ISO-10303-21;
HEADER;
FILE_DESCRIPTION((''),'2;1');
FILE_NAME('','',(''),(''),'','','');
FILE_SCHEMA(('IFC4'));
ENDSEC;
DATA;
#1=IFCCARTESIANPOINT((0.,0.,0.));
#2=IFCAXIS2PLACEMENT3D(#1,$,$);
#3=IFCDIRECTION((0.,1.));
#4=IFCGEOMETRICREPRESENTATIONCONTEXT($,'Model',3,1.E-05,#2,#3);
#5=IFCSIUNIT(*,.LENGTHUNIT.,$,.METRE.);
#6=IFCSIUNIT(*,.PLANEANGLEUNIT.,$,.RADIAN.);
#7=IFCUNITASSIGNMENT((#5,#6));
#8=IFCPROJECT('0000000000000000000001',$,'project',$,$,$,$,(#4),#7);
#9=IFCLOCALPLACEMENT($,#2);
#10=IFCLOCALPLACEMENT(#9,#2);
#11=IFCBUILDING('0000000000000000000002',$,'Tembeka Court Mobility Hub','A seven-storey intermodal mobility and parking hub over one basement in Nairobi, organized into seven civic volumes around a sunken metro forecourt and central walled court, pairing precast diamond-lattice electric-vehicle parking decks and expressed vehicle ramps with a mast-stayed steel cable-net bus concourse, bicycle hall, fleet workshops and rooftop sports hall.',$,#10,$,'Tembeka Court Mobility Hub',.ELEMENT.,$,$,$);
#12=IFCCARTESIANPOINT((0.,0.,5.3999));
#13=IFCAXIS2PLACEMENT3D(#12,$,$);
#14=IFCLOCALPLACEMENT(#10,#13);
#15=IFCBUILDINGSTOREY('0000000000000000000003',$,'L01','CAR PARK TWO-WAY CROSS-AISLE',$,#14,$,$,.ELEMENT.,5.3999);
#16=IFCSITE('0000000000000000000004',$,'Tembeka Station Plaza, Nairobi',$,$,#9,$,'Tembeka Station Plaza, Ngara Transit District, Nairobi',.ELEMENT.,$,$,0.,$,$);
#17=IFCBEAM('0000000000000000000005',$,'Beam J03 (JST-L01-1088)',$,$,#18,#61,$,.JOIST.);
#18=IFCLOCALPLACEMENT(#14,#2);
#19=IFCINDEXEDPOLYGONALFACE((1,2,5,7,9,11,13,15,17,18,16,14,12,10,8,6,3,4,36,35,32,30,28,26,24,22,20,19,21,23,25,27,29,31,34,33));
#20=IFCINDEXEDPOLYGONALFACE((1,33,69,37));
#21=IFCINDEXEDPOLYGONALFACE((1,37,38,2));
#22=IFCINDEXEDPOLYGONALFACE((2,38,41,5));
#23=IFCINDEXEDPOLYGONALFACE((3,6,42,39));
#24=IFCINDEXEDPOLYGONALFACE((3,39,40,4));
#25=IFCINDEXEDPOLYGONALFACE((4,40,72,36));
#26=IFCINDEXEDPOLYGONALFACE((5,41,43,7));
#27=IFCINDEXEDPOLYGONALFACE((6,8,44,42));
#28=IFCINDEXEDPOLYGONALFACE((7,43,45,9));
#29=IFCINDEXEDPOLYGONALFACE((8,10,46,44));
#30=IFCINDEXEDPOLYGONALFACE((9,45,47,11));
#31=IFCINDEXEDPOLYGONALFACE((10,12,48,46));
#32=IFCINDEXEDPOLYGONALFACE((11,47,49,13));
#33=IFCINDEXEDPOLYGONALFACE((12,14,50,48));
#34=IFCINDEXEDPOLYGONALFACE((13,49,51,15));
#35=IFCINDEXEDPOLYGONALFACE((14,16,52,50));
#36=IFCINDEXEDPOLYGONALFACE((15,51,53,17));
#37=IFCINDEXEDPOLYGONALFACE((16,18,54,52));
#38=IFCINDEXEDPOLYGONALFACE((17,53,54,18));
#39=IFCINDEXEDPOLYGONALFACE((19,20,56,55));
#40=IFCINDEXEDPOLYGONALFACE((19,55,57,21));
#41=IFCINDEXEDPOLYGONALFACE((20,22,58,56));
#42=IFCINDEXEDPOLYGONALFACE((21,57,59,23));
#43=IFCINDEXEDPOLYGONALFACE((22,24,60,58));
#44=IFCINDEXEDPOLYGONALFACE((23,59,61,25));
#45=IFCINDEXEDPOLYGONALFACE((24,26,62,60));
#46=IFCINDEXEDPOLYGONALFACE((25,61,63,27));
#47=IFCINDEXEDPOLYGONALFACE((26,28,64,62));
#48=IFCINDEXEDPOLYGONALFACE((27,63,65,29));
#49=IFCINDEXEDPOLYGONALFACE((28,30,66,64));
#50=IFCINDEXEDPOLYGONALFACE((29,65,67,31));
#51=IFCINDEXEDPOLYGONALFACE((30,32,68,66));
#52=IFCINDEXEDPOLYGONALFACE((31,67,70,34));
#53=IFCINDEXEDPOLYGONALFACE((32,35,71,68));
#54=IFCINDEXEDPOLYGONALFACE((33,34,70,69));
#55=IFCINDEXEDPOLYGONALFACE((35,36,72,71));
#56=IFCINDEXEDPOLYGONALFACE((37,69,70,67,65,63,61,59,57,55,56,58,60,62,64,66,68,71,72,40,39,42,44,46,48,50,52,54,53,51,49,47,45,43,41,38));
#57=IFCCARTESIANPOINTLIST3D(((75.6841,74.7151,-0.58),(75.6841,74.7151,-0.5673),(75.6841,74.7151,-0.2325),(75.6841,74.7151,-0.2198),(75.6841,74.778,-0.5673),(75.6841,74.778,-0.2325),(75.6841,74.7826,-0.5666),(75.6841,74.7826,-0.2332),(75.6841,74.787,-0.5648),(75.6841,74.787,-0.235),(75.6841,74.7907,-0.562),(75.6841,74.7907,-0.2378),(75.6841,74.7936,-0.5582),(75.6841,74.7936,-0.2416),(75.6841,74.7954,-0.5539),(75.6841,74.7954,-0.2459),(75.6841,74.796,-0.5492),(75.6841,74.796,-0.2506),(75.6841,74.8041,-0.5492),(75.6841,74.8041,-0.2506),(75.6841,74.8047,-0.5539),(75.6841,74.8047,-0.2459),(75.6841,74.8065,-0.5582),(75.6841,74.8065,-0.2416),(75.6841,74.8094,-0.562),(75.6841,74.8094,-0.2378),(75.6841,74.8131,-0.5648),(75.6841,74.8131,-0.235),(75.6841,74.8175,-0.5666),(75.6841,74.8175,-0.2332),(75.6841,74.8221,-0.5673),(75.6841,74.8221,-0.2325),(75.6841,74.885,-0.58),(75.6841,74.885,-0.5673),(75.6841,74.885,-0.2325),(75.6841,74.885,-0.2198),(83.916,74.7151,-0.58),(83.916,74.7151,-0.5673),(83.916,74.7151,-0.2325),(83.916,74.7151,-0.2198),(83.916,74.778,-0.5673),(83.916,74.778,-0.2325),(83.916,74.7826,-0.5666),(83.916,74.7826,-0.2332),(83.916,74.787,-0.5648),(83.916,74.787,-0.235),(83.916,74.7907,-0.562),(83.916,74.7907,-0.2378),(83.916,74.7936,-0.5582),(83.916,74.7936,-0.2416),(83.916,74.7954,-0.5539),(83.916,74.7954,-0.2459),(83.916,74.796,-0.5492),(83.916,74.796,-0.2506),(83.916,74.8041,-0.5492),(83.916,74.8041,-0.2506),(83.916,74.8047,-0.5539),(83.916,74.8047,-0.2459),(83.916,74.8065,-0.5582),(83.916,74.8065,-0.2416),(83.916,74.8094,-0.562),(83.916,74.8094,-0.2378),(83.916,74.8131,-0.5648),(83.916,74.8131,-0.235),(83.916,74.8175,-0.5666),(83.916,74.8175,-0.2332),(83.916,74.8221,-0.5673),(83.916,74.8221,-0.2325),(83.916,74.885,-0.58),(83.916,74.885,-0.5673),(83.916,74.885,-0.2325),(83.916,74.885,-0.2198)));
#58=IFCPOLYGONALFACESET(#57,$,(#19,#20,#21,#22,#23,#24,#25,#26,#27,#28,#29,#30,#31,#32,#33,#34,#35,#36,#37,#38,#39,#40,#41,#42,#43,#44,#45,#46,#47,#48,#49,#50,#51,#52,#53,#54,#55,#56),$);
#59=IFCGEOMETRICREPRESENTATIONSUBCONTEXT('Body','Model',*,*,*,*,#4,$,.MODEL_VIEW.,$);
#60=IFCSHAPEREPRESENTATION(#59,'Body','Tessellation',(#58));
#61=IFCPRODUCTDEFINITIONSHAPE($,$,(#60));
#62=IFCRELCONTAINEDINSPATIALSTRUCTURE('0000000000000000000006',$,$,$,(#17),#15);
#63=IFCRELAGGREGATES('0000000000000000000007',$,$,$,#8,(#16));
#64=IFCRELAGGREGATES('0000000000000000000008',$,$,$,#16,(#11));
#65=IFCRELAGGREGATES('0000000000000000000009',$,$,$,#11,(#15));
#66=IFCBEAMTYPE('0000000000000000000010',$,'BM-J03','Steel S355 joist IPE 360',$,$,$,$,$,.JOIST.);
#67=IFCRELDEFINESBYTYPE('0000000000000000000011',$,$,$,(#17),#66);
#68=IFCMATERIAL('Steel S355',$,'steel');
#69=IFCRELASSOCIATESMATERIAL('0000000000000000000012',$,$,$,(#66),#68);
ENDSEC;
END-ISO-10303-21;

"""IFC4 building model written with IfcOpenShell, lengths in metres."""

from ifc_helpers import new_model, si_unit, direction, frame, origin, origin_2d, place, context, subcontext, project, spatial, i_section, extrude, material, material_profile, profile_set, type_object, element, save


model = new_model("IFC4")

# Units and contexts
model_context = context("Model", 3, precision=1e-05, world=origin(), true_north=direction((0.0, 1.0)))
body_context = subcontext(model_context, "Body", "Model", "MODEL_VIEW")
ifc_project = project(units=[si_unit("LENGTHUNIT", "METRE"), si_unit("PLANEANGLEUNIT", "RADIAN")], contexts=[model_context])

# Site, building, storey
site_placement = place(None, origin())
site = spatial("IfcSite", under=ifc_project, at=site_placement, Name="Tembeka Station Plaza, Nairobi", LongName="Tembeka Station Plaza, Ngara Transit District, Nairobi", CompositionType="ELEMENT", RefElevation=0.0)
building_placement = place(site_placement, origin())
building = spatial("IfcBuilding", under=site, at=building_placement, Name="Tembeka Court Mobility Hub", Description="A seven-storey intermodal mobility and parking hub over one basement in Nairobi, organized into seven civic volumes around a sunken metro forecourt and central walled court, pairing precast diamond-lattice electric-vehicle parking decks and expressed vehicle ramps with a mast-stayed steel cable-net bus concourse, bicycle hall, fleet workshops and rooftop sports hall.", LongName="Tembeka Court Mobility Hub", CompositionType="ELEMENT")
storey_placement = place(building_placement, frame((0.0, 0.0, 5.3999)))
storey = spatial("IfcBuildingStorey", under=building, at=storey_placement, Name="L01", Description="CAR PARK TWO-WAY CROSS-AISLE", CompositionType="ELEMENT", Elevation=5.3999)

# Shared definitions
ifc_material = material(Name="Steel S355", Category="steel")

# Beam
ifc_material_profile_1 = material_profile(ifc_material, i_section(OverallWidth=0.1699, OverallDepth=0.3601, WebThickness=0.0081, FlangeThickness=0.0127, FilletRadius=0.0181, at=origin_2d()), Name="IPE 360")
ifc_profile_set_1 = profile_set([ifc_material_profile_1], Name="Steel S355")
beam_type_1 = type_object("IfcBeamType", Name="BM-J03", Description="Steel S355 joist IPE 360", PredefinedType="JOIST", material=ifc_profile_set_1)
beam_1_placement = place(storey_placement, frame((75.6841, 74.8, -0.3999), z_axis=(1.0, 0.0, 0.0), x_axis=(0.0, 1.0, 0.0)))
element("IfcBeam", 1, at=beam_1_placement, inside=storey, type_object=beam_type_1, Name="Beam J03 (JST-L01-1088)", PredefinedType="JOIST", context=body_context, shape_type="SweptSolid", body=[
    extrude(i_section(OverallWidth=0.1699, OverallDepth=0.3601, WebThickness=0.0081, FlangeThickness=0.0127, FilletRadius=0.0181, at=origin_2d()), origin(), (0.0, 0.0, 1.0), 8.2319),
])

save(model, "model.ifc")
